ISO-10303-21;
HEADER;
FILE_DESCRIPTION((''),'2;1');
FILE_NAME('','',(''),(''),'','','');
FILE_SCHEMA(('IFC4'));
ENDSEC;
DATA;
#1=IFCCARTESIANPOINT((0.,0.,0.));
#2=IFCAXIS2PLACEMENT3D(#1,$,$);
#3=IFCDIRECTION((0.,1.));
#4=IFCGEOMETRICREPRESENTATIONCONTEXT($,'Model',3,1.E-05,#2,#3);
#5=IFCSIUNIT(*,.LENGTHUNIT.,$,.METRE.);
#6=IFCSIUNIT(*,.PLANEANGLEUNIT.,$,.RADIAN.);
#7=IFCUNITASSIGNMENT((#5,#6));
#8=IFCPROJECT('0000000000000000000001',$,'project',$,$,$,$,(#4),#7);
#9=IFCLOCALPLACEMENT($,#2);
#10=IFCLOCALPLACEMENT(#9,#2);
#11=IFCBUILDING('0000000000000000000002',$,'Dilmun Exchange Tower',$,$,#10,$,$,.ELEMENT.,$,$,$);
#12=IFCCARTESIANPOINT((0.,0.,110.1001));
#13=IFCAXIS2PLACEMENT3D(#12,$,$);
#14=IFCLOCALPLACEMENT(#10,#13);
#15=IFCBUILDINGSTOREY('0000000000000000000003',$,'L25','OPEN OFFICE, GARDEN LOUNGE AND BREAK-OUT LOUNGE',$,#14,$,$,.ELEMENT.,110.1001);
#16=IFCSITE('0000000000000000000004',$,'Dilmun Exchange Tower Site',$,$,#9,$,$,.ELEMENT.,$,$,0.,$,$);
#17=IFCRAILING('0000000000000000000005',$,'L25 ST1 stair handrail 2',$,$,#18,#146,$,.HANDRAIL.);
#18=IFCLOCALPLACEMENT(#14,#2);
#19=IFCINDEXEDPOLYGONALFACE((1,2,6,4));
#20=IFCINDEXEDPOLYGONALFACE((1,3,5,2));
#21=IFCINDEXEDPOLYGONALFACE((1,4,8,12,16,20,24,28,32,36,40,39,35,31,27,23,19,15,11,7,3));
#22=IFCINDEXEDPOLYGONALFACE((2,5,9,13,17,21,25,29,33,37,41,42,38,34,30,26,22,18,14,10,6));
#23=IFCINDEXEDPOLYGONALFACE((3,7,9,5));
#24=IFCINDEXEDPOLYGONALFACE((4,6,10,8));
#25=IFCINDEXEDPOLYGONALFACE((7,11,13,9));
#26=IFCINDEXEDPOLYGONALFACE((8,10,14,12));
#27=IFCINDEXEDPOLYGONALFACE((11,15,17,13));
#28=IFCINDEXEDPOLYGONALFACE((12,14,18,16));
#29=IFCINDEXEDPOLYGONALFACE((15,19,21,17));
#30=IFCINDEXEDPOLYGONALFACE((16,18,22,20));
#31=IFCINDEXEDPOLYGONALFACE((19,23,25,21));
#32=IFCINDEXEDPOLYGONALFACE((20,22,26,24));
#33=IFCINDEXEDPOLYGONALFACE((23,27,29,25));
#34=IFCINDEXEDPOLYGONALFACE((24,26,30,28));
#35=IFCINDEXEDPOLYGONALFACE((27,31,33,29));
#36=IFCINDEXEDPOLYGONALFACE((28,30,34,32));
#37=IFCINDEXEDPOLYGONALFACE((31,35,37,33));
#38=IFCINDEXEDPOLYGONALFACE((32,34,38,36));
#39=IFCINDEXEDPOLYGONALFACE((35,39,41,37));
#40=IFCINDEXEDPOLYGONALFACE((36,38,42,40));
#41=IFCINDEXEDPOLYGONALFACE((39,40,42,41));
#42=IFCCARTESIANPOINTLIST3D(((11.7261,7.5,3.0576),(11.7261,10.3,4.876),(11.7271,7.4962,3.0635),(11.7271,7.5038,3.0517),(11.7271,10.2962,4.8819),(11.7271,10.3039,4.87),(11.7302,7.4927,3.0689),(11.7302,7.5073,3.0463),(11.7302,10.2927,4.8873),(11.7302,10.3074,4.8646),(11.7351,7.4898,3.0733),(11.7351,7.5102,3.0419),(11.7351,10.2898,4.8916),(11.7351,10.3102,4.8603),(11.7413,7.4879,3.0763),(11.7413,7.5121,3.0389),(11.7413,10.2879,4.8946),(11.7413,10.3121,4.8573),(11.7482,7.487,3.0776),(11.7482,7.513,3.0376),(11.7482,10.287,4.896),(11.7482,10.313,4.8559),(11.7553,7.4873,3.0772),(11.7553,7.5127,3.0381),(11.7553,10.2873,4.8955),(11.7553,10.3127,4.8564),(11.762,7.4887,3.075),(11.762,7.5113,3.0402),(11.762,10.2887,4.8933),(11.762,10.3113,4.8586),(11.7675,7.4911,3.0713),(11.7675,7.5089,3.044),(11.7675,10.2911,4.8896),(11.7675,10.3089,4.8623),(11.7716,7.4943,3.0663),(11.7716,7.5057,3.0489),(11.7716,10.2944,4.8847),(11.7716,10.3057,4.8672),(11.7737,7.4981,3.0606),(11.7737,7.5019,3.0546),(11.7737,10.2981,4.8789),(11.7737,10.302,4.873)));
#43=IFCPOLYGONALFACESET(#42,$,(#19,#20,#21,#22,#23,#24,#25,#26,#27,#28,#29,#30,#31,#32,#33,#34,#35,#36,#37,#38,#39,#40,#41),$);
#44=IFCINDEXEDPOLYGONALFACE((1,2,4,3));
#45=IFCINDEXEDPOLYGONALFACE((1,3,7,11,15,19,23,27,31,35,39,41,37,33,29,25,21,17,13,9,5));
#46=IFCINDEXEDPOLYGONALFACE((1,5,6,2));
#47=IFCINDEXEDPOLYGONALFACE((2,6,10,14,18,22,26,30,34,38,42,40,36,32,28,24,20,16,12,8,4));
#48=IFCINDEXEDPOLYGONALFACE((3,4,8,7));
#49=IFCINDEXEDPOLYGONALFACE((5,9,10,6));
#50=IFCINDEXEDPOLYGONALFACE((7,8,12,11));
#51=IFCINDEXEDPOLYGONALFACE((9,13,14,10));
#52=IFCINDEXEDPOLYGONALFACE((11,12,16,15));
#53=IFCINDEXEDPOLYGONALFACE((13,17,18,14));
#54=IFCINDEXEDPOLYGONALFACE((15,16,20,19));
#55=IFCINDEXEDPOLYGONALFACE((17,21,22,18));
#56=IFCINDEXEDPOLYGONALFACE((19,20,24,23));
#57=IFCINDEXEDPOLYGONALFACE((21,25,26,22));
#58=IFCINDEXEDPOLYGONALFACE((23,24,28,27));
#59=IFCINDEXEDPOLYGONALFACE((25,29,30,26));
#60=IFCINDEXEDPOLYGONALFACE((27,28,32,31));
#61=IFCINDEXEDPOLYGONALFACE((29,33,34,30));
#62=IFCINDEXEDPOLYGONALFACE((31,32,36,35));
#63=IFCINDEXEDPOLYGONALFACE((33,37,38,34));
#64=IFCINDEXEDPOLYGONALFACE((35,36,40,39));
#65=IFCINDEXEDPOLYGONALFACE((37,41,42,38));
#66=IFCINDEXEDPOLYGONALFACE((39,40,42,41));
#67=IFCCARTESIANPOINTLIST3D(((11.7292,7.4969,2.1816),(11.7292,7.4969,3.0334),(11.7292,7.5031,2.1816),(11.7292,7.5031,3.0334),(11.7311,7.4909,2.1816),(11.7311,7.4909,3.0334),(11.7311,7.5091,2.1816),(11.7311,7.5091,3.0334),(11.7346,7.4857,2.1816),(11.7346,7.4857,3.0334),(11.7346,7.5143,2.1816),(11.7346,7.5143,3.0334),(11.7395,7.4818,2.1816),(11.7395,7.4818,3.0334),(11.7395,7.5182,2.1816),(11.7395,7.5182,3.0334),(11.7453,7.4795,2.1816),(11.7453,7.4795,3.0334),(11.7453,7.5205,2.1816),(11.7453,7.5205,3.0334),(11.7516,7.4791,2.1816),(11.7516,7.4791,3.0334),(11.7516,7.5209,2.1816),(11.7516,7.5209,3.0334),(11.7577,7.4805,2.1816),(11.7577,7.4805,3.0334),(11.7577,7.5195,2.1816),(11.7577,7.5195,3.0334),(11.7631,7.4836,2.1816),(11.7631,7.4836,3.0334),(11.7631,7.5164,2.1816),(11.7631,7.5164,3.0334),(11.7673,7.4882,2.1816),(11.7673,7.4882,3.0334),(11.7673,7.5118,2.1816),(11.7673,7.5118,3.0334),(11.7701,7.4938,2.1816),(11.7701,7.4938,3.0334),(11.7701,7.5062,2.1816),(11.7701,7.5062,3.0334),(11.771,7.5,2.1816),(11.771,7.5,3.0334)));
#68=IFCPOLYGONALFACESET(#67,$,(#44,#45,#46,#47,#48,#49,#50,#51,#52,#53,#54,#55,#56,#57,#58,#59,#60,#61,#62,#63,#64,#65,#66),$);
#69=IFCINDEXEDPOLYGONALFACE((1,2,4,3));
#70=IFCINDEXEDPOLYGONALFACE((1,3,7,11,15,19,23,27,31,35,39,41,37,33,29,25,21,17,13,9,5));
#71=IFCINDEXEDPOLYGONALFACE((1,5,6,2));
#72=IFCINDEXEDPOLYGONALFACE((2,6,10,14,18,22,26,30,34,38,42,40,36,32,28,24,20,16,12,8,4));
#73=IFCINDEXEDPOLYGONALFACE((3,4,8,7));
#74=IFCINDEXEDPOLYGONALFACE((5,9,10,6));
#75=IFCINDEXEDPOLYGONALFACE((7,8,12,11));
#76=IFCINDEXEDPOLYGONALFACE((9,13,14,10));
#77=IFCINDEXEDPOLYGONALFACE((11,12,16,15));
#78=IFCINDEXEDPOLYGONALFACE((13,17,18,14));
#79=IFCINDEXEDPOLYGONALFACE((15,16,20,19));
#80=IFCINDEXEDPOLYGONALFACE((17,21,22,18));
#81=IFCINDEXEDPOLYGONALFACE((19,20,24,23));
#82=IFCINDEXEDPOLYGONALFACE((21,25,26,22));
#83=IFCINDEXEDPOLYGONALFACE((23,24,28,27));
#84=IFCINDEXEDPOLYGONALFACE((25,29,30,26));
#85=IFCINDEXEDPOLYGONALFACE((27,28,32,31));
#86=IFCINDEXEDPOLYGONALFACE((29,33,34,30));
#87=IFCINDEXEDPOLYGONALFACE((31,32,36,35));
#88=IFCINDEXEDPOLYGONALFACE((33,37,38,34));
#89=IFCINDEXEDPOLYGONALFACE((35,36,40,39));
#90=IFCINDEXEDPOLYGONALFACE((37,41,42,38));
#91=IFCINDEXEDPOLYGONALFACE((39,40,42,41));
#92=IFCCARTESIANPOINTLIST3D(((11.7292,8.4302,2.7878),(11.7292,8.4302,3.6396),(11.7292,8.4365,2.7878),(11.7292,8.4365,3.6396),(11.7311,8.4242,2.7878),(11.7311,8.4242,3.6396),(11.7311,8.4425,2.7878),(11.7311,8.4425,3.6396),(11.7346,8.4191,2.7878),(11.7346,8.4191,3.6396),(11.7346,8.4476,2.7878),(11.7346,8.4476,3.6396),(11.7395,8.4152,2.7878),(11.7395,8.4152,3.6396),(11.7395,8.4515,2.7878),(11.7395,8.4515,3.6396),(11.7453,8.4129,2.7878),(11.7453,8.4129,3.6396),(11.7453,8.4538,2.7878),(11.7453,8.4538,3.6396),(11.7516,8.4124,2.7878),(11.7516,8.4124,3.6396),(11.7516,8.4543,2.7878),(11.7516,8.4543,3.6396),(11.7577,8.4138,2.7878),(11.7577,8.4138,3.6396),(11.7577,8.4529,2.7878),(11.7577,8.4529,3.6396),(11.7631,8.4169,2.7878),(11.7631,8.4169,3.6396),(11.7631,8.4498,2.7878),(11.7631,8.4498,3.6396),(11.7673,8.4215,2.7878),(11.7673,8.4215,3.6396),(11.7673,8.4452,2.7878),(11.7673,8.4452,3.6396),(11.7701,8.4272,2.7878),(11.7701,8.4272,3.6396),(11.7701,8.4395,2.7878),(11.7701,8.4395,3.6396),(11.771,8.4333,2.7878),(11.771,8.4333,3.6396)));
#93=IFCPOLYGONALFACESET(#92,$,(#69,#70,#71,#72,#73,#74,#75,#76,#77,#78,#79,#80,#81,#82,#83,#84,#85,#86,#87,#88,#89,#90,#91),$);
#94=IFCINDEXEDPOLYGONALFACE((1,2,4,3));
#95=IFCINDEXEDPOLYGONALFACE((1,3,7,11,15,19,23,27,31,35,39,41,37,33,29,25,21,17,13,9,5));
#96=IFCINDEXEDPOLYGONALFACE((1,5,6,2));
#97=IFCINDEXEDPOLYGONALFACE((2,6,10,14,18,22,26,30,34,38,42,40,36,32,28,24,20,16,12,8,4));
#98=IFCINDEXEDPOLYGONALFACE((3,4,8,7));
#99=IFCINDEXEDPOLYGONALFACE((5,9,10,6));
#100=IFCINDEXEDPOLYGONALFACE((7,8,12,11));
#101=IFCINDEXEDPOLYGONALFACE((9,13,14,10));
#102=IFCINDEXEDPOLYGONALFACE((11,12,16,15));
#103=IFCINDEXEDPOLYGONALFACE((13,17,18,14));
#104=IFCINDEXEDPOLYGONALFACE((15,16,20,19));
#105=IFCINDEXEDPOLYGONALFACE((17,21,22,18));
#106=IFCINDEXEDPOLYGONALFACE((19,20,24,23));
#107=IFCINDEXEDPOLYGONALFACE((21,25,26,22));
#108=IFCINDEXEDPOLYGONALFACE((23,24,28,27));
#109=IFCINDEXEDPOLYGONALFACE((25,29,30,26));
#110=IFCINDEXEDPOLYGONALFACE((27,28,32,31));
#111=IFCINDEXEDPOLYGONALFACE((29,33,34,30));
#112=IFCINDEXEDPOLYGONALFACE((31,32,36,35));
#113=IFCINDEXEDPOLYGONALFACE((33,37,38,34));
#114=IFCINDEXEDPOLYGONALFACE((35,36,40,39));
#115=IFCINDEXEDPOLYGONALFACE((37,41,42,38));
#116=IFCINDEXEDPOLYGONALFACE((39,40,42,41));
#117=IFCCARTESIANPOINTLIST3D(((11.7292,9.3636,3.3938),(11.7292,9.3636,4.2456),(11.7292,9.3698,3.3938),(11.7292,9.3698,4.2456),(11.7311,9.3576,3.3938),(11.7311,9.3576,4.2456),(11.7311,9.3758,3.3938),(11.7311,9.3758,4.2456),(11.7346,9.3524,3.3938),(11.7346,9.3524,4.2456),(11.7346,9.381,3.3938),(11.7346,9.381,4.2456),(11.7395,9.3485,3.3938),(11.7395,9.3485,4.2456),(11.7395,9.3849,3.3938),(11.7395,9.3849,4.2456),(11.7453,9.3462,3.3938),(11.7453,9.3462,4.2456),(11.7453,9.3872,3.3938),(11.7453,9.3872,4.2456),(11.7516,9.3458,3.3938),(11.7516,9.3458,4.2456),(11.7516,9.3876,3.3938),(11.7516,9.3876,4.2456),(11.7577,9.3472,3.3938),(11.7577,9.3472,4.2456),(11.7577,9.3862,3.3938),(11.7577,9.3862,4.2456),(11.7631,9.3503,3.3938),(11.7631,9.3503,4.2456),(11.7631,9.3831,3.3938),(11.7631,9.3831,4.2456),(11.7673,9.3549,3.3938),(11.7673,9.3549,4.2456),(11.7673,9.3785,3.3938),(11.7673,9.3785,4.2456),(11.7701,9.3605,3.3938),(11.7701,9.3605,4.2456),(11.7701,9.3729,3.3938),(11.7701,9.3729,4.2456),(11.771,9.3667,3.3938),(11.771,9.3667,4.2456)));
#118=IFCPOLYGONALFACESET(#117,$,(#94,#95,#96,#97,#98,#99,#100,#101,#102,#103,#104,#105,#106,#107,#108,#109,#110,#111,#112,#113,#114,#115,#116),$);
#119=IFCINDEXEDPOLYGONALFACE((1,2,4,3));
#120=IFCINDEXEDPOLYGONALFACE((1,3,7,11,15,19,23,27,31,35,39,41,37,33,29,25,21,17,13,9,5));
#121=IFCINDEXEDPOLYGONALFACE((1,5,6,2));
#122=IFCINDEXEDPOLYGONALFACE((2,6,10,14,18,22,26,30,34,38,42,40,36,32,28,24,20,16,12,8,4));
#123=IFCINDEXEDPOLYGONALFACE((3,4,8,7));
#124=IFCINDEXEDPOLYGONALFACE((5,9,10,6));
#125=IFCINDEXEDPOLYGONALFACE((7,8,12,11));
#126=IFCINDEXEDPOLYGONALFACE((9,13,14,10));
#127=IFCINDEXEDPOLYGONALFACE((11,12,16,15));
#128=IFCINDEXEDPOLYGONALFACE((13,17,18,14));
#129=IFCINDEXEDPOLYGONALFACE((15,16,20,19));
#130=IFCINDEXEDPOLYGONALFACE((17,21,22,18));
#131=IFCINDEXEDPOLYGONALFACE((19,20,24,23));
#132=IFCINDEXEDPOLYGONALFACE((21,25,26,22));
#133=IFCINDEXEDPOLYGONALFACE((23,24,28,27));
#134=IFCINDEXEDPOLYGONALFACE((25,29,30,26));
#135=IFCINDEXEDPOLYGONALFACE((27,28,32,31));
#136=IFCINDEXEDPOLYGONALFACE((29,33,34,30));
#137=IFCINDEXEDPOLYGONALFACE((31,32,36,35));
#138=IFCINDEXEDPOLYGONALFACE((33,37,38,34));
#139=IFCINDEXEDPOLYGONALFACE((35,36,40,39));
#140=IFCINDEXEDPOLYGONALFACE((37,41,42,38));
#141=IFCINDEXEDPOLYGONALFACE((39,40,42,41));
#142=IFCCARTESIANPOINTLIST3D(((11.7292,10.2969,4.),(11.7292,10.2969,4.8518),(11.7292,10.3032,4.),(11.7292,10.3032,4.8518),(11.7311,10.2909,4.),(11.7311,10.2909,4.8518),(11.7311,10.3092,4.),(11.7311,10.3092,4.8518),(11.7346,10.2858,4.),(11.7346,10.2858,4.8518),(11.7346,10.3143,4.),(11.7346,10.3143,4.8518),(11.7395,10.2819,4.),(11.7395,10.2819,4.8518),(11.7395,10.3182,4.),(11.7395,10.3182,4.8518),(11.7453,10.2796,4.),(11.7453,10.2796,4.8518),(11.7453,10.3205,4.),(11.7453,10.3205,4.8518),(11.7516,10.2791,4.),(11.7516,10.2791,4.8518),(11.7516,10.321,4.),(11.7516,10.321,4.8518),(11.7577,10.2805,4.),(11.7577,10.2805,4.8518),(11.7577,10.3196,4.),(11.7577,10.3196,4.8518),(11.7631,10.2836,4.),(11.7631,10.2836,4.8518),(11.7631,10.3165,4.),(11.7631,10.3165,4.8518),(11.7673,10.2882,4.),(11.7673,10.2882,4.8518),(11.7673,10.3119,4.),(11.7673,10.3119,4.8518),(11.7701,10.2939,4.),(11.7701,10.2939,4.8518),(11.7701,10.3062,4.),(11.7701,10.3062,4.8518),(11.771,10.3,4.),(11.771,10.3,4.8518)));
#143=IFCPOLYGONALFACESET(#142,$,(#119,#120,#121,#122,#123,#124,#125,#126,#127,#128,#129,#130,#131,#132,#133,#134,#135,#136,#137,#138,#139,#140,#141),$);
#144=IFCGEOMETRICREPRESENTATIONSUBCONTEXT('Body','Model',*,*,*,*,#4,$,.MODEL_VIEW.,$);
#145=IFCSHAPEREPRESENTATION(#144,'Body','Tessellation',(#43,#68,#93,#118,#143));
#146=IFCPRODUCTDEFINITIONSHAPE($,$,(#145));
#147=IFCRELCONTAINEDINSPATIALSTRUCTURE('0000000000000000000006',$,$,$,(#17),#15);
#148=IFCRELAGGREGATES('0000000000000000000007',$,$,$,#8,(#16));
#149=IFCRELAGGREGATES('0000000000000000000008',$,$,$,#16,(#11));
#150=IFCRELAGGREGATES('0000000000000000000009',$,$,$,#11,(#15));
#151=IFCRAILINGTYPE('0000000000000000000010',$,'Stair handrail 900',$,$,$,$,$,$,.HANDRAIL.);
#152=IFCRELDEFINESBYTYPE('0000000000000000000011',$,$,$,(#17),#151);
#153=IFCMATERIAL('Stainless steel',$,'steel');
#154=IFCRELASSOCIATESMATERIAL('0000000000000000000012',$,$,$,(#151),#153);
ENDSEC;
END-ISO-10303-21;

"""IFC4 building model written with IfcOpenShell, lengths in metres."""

from ifc_helpers import new_model, si_unit, direction, frame, origin, origin_2d, place, context, subcontext, project, spatial, circle, extrude, material, type_object, element, save


model = new_model("IFC4")

# Units and contexts
model_context = context("Model", 3, precision=1e-05, world=origin(), true_north=direction((0.0, 1.0)))
body_context = subcontext(model_context, "Body", "Model", "MODEL_VIEW")
ifc_project = project(units=[si_unit("LENGTHUNIT", "METRE"), si_unit("PLANEANGLEUNIT", "RADIAN")], contexts=[model_context])

# Site, building, storey
site_placement = place(None, origin())
site = spatial("IfcSite", under=ifc_project, at=site_placement, Name="Dilmun Exchange Tower Site", CompositionType="ELEMENT", RefElevation=0.0)
building_placement = place(site_placement, origin())
building = spatial("IfcBuilding", under=site, at=building_placement, Name="Dilmun Exchange Tower", CompositionType="ELEMENT")
storey_placement = place(building_placement, frame((0.0, 0.0, 110.1001)))
storey = spatial("IfcBuildingStorey", under=building, at=storey_placement, Name="L25", Description="OPEN OFFICE, GARDEN LOUNGE AND BREAK-OUT LOUNGE", CompositionType="ELEMENT", Elevation=110.1001)

# Railing
ifc_material_1 = material(Name="Stainless steel", Category="steel")
railing_type = type_object("IfcRailingType", Name="Stair handrail 900", PredefinedType="HANDRAIL", material=ifc_material_1)
railing_1_placement = place(storey_placement, frame((11.75, 7.5, 2.1816)))
element("IfcRailing", 1, at=railing_1_placement, inside=storey, type_object=railing_type, Name="L25 ST1 stair handrail 2", PredefinedType="HANDRAIL", context=body_context, shape_type="SweptSolid", body=[
    extrude(circle(Radius=0.0239, at=origin_2d()), frame((0.0, 0.0, 0.876), z_axis=(0.0, 0.838672, 0.544636), x_axis=(-1.0, 0.0, 0.0)), (0.0, 0.0, 1.0), 3.3386),
    extrude(circle(Radius=0.021, at=origin_2d()), origin(), (0.0, 0.0, 1.0), 0.8518),
    extrude(circle(Radius=0.021, at=origin_2d()), frame((0.0, 0.9333, 0.6062)), (0.0, 0.0, 1.0), 0.8518),
    extrude(circle(Radius=0.021, at=origin_2d()), frame((0.0, 1.8667, 1.2122)), (0.0, 0.0, 1.0), 0.8518),
    extrude(circle(Radius=0.021, at=origin_2d()), frame((0.0, 2.8, 1.8184)), (0.0, 0.0, 1.0), 0.8518),
])

save(model, "model.ifc")
